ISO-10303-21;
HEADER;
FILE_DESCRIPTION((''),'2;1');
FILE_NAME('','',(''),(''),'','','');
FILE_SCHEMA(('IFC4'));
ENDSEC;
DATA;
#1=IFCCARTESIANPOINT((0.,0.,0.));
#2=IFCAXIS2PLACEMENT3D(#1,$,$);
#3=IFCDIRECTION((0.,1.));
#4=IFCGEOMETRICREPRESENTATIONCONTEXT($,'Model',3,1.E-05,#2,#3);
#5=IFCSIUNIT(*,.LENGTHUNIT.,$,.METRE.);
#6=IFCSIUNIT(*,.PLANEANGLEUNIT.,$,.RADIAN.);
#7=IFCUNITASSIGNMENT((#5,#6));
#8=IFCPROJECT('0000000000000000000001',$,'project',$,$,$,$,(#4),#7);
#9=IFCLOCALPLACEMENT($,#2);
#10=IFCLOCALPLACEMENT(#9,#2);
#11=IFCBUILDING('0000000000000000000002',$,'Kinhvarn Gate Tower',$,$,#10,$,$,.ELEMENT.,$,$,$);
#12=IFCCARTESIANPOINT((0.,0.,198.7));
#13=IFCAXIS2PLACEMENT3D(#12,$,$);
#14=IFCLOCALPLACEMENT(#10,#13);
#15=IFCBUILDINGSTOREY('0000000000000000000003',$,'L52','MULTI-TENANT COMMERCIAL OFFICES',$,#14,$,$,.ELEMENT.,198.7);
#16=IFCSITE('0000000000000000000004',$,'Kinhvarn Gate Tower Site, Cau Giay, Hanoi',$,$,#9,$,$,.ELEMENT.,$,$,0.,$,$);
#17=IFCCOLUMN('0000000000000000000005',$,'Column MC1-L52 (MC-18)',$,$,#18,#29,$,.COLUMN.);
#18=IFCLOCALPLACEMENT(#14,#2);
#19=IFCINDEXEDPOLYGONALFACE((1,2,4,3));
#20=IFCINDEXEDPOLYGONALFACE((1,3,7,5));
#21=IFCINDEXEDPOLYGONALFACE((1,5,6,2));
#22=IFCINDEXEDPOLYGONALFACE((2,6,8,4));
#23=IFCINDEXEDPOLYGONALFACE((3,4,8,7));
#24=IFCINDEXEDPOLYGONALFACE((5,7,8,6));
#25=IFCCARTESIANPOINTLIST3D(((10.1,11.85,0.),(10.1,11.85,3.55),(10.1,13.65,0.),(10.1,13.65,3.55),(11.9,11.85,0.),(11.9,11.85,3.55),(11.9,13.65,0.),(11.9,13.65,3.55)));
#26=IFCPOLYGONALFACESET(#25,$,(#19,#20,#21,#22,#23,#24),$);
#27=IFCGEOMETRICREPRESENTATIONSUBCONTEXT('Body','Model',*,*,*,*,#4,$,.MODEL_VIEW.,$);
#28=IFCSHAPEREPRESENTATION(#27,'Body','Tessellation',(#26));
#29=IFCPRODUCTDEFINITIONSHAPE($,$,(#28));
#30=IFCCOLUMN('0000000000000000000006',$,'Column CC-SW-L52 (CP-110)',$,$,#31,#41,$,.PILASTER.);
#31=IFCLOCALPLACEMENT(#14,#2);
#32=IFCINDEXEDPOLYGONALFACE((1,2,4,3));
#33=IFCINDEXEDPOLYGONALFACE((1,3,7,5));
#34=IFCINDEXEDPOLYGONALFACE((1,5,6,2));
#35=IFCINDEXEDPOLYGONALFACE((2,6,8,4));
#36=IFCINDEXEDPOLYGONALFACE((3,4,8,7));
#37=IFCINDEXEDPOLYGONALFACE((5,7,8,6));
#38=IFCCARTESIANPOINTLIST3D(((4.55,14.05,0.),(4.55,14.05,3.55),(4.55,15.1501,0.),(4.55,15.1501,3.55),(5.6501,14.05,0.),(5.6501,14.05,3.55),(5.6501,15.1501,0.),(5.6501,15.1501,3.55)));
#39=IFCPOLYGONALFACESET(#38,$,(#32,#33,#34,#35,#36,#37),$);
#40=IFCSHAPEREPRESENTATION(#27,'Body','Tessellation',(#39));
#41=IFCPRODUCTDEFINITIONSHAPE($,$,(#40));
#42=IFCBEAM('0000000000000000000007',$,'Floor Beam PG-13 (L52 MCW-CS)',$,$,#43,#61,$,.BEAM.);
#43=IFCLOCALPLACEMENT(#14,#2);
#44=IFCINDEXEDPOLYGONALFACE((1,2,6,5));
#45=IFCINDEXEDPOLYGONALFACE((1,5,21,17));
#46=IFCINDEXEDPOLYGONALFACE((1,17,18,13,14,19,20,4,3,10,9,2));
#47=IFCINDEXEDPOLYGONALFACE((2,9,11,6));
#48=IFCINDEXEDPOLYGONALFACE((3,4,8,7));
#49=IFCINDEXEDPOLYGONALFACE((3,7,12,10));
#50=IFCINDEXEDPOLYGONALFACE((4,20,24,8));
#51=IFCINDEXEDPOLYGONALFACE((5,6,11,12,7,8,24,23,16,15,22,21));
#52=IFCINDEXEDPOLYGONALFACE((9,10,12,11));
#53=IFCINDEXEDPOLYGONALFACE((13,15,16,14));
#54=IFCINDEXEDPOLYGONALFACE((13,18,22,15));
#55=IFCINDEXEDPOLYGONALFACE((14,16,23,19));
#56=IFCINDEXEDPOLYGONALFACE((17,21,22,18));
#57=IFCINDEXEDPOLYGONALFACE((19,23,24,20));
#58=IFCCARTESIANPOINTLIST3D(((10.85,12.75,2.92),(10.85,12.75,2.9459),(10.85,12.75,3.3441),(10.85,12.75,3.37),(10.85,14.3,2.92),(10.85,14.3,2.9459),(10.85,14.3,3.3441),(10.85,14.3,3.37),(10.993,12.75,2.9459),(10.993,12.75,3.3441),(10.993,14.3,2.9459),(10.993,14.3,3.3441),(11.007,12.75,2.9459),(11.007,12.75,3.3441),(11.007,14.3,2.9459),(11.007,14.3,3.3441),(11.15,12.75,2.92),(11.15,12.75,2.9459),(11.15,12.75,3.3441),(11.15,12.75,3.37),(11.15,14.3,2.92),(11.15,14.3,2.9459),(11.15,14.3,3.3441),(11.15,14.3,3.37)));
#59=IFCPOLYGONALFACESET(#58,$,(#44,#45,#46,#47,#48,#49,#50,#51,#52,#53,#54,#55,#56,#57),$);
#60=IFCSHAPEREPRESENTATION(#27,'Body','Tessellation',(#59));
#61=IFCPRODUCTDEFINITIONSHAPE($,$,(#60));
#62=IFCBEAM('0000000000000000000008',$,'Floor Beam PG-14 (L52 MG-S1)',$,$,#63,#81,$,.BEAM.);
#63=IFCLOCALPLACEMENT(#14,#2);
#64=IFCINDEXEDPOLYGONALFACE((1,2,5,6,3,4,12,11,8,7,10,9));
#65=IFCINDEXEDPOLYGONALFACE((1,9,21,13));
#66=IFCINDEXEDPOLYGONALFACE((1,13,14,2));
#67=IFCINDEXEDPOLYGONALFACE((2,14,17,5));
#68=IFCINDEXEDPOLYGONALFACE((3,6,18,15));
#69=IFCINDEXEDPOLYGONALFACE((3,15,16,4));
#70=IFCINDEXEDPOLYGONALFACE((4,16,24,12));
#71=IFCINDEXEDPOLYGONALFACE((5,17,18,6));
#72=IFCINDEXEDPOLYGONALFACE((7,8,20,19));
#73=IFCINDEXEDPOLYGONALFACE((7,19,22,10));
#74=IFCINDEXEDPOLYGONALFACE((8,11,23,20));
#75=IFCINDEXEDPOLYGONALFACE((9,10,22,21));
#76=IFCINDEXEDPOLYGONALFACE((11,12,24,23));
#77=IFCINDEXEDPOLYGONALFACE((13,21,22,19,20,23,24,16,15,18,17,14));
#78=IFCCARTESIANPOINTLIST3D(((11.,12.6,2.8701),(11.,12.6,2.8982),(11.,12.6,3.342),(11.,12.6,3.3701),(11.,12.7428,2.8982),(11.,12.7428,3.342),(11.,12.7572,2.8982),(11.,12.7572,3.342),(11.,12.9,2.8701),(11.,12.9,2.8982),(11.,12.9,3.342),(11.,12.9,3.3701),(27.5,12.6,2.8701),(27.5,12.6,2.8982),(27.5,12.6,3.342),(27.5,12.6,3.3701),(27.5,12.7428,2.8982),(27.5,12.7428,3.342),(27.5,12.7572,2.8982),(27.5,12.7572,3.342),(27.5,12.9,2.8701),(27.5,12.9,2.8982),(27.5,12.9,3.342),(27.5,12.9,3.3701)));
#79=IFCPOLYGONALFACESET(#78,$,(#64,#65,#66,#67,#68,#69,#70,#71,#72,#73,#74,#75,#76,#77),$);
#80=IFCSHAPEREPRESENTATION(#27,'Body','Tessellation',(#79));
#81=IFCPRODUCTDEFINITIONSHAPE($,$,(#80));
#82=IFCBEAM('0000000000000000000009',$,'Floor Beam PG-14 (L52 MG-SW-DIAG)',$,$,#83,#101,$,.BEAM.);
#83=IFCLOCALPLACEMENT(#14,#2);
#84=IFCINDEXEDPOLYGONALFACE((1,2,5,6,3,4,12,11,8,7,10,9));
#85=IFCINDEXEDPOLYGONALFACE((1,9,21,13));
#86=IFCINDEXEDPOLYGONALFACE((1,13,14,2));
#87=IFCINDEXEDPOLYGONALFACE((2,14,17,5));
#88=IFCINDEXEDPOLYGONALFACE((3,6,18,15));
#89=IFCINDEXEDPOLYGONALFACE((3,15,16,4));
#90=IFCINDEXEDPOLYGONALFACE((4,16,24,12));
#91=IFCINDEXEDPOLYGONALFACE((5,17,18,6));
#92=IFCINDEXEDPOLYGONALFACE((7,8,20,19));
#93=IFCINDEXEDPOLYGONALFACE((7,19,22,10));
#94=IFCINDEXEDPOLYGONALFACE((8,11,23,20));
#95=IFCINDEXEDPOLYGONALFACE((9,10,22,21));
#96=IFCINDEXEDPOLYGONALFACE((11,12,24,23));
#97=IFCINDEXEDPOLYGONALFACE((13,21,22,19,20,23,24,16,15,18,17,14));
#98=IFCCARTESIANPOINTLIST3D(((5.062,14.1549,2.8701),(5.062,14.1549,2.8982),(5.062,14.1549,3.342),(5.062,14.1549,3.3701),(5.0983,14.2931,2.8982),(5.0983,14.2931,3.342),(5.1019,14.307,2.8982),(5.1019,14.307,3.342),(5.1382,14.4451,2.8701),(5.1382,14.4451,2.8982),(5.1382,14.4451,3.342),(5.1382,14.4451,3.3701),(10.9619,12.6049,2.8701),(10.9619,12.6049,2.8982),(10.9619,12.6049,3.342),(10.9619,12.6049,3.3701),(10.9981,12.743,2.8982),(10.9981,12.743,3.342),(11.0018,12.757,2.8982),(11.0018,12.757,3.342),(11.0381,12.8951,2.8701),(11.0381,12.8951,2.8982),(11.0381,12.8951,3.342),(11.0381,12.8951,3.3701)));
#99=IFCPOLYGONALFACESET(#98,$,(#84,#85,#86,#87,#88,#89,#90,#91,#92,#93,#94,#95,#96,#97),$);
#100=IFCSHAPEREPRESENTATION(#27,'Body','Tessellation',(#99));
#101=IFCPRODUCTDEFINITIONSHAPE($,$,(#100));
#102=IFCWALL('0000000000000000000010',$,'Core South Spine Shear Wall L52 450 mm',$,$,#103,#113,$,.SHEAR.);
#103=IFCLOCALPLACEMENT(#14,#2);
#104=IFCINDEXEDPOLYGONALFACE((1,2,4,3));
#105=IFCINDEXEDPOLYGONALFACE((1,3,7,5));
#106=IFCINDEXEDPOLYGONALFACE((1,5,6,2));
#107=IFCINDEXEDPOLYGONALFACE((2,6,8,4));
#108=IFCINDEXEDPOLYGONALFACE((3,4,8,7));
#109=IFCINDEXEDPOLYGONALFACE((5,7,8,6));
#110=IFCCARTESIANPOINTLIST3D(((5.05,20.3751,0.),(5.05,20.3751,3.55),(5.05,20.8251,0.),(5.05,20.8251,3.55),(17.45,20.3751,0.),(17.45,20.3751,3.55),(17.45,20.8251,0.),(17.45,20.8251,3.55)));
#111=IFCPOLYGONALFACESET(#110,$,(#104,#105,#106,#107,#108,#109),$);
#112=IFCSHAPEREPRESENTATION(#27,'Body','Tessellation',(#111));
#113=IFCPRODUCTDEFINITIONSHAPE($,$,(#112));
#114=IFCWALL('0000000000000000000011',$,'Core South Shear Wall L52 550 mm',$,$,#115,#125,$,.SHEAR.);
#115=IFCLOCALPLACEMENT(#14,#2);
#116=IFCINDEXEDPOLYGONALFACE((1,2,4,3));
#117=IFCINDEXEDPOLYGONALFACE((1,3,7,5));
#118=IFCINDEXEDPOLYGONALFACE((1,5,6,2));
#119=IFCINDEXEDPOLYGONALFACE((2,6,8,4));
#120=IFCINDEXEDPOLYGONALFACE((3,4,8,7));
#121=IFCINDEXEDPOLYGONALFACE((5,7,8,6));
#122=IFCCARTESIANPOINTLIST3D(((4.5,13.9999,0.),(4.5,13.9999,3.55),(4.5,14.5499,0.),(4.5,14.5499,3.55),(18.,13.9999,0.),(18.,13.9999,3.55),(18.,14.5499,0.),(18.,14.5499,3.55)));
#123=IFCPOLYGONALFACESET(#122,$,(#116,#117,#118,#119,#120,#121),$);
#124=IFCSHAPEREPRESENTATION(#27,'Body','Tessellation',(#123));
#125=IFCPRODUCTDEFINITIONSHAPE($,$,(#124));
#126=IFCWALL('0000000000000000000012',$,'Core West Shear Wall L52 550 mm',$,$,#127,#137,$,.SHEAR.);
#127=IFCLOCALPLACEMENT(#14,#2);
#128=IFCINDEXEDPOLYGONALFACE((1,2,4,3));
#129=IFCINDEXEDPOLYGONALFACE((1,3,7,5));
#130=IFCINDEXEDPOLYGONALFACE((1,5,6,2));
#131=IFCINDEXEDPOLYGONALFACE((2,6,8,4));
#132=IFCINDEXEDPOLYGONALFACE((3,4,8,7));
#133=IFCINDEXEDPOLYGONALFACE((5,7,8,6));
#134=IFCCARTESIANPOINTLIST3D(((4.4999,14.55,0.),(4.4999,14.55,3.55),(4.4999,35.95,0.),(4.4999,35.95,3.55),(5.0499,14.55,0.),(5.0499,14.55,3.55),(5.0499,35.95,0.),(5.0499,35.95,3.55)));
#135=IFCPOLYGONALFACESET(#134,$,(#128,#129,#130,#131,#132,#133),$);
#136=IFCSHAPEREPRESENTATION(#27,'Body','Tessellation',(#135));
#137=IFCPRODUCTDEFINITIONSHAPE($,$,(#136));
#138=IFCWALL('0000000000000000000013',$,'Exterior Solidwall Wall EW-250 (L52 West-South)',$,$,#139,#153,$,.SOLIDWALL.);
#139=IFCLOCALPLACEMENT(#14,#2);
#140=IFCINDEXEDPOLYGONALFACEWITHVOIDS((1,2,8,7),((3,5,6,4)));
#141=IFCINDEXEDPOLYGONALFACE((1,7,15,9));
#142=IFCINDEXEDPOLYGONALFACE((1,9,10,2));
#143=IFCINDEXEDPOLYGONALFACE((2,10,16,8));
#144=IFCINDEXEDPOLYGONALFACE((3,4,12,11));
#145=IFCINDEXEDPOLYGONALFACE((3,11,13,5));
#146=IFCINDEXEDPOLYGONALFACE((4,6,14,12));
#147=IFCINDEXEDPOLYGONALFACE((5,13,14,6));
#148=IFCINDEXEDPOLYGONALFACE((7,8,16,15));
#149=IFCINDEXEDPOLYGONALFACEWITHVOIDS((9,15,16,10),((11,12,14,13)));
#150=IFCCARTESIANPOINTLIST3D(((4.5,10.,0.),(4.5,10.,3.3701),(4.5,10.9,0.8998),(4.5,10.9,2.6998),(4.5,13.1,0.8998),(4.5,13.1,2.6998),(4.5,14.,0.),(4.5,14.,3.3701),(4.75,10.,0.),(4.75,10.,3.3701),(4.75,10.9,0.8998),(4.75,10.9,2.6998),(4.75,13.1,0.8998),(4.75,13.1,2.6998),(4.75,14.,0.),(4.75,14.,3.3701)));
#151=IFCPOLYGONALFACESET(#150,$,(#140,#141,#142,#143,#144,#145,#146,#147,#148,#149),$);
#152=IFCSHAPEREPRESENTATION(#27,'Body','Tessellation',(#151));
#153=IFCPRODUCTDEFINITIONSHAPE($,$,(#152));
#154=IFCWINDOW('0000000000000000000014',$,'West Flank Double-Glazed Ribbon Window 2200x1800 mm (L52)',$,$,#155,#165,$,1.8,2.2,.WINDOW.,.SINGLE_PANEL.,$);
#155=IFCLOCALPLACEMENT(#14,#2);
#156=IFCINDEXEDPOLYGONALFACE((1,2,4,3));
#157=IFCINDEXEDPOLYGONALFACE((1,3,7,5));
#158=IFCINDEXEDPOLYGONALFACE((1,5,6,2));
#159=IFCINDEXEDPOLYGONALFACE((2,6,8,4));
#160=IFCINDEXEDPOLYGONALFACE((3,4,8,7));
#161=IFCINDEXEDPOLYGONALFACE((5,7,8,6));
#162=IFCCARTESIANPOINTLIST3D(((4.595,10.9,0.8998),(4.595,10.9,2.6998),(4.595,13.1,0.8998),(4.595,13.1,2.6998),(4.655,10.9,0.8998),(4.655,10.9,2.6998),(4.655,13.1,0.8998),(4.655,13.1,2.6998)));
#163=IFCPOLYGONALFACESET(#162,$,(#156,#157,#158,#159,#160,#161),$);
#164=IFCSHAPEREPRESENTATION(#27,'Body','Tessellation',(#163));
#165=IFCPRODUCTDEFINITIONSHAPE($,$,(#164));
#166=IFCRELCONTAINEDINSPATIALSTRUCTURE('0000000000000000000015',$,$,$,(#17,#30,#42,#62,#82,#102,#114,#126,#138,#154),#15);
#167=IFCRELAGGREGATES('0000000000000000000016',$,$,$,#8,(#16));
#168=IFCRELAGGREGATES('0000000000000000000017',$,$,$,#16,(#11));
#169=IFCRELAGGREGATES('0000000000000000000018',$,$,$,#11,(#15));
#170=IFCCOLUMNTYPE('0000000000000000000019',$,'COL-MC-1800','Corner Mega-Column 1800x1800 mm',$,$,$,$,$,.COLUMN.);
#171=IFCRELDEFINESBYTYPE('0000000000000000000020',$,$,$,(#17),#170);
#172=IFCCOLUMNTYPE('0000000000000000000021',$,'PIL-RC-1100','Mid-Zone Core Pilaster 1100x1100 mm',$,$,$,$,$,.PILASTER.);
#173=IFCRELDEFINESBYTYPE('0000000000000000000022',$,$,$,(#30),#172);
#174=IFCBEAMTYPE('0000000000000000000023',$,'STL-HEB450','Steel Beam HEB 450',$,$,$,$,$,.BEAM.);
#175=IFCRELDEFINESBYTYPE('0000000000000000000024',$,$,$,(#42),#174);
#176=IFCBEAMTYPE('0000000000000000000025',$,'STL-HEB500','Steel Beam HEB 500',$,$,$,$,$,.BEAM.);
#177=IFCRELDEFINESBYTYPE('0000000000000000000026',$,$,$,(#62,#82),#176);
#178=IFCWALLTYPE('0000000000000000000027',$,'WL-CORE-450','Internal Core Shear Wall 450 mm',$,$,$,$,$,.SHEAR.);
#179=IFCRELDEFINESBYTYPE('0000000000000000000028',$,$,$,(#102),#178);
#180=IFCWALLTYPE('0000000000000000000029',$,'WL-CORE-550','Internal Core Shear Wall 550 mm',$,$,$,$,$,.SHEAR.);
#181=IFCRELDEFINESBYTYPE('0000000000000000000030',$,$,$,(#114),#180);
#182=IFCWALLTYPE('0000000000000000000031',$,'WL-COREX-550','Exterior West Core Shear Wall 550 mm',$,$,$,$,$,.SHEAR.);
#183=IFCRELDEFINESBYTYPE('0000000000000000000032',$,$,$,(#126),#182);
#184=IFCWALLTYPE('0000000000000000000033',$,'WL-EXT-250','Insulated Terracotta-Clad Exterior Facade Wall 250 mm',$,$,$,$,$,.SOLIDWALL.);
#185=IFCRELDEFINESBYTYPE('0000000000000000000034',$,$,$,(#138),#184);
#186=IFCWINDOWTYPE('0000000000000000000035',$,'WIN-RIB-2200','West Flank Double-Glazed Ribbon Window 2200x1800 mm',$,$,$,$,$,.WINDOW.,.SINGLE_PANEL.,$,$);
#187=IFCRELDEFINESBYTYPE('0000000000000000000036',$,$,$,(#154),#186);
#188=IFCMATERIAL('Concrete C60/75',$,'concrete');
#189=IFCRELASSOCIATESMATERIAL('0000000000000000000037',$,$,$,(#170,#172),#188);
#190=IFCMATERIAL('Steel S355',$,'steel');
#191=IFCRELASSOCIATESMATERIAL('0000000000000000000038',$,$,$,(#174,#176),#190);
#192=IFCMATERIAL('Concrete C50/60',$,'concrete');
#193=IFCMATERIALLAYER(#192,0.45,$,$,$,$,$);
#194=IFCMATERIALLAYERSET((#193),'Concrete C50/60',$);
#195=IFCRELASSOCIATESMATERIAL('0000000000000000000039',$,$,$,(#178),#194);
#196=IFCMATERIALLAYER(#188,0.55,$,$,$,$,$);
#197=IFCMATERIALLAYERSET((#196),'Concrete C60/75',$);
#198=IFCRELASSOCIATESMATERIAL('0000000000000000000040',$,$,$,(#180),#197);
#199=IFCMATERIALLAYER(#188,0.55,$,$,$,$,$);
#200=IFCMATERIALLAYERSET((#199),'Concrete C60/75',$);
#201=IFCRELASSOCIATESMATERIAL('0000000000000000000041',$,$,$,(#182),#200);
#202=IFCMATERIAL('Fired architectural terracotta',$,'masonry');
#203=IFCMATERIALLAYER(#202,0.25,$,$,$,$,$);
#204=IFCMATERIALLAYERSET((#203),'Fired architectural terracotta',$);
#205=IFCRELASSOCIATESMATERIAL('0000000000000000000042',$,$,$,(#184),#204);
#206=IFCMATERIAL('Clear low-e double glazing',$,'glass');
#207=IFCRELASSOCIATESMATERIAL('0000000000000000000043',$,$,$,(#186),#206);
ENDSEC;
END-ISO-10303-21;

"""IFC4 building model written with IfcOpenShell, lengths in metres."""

from ifc_helpers import new_model, si_unit, direction, frame, frame_2d, origin, origin_2d, place, context, subcontext, project, spatial, rectangle, i_section, extrude, material, layer, layer_set, material_profile, profile_set, type_object, element, fill, save


model = new_model("IFC4")

# Units and contexts
model_context = context("Model", 3, precision=1e-05, world=origin(), true_north=direction((0.0, 1.0)))
body_context = subcontext(model_context, "Body", "Model", "MODEL_VIEW")
ifc_project = project(units=[si_unit("LENGTHUNIT", "METRE"), si_unit("PLANEANGLEUNIT", "RADIAN")], contexts=[model_context])

# Site, building, storey
site_placement = place(None, origin())
site = spatial("IfcSite", under=ifc_project, at=site_placement, Name="Kinhvarn Gate Tower Site, Cau Giay, Hanoi", CompositionType="ELEMENT", RefElevation=0.0)
building_placement = place(site_placement, origin())
building = spatial("IfcBuilding", under=site, at=building_placement, Name="Kinhvarn Gate Tower", CompositionType="ELEMENT")
storey_placement = place(building_placement, frame((0.0, 0.0, 198.7)))
storey = spatial("IfcBuildingStorey", under=building, at=storey_placement, Name="L52", Description="MULTI-TENANT COMMERCIAL OFFICES", CompositionType="ELEMENT", Elevation=198.7)

# Columns
ifc_material_1 = material(Name="Concrete C60/75", Category="concrete")
ifc_material_profile_1 = material_profile(ifc_material_1, rectangle(XDim=1.8, YDim=1.8, at=origin_2d()), Name="RC 1800x1800")
ifc_profile_set_1 = profile_set([ifc_material_profile_1], Name="Concrete C60/75")
column_type_1 = type_object("IfcColumnType", Name="COL-MC-1800", Description="Corner Mega-Column 1800x1800 mm", PredefinedType="COLUMN", material=ifc_profile_set_1)
column_1_placement = place(storey_placement, frame((11.0, 12.75, 0.0), z_axis=(0.0, 0.0, 1.0), x_axis=(1.0, 0.0, 0.0)))
element("IfcColumn", 1, at=column_1_placement, inside=storey, type_object=column_type_1, Name="Column MC1-L52 (MC-18)", PredefinedType="COLUMN", context=body_context, shape_type="SweptSolid", body=[
    extrude(rectangle(XDim=1.8, YDim=1.8, at=origin_2d()), origin(), (0.0, 0.0, 1.0), 3.55),
])
ifc_material_profile_2 = material_profile(ifc_material_1, rectangle(XDim=1.1001, YDim=1.1001, at=origin_2d()), Name="RC 1100x1100")
ifc_profile_set_2 = profile_set([ifc_material_profile_2], Name="Concrete C60/75")
column_type_2 = type_object("IfcColumnType", Name="PIL-RC-1100", Description="Mid-Zone Core Pilaster 1100x1100 mm", PredefinedType="PILASTER", material=ifc_profile_set_2)
column_2_placement = place(storey_placement, frame((5.1001, 14.6001, 0.0), z_axis=(0.0, 0.0, 1.0), x_axis=(1.0, 0.0, 0.0)))
element("IfcColumn", 2, at=column_2_placement, inside=storey, type_object=column_type_2, Name="Column CC-SW-L52 (CP-110)", PredefinedType="PILASTER", context=body_context, shape_type="SweptSolid", body=[
    extrude(rectangle(XDim=1.1001, YDim=1.1001, at=origin_2d()), origin(), (0.0, 0.0, 1.0), 3.55),
])

# Beams
ifc_material_2 = material(Name="Steel S355", Category="steel")
ifc_material_profile_3 = material_profile(ifc_material_2, i_section(OverallWidth=0.3, OverallDepth=0.45, WebThickness=0.0139, FlangeThickness=0.0259, at=origin_2d()), Name="HEB 450")
ifc_profile_set_3 = profile_set([ifc_material_profile_3], Name="Steel S355")
beam_type_1 = type_object("IfcBeamType", Name="STL-HEB450", Description="Steel Beam HEB 450", PredefinedType="BEAM", material=ifc_profile_set_3)
beam_1_placement = place(storey_placement, frame((11.0, 12.75, 3.145), z_axis=(0.0, 1.0, 0.0), x_axis=(-1.0, 0.0, 0.0)))
element("IfcBeam", 3, at=beam_1_placement, inside=storey, type_object=beam_type_1, Name="Floor Beam PG-13 (L52 MCW-CS)", PredefinedType="BEAM", context=body_context, shape_type="SweptSolid", body=[
    extrude(i_section(OverallWidth=0.3, OverallDepth=0.45, WebThickness=0.0139, FlangeThickness=0.0259, at=origin_2d()), origin(), (0.0, 0.0, 1.0), 1.55),
])
ifc_material_profile_4 = material_profile(ifc_material_2, i_section(OverallWidth=0.3, OverallDepth=0.5, WebThickness=0.0144, FlangeThickness=0.0281, at=origin_2d()), Name="HEB 500")
ifc_profile_set_4 = profile_set([ifc_material_profile_4], Name="Steel S355")
beam_type_2 = type_object("IfcBeamType", Name="STL-HEB500", Description="Steel Beam HEB 500", PredefinedType="BEAM", material=ifc_profile_set_4)
beam_2_placement = place(storey_placement, frame((11.0, 12.75, 3.1201), z_axis=(1.0, 0.0, 0.0), x_axis=(0.0, 1.0, 0.0)))
element("IfcBeam", 4, at=beam_2_placement, inside=storey, type_object=beam_type_2, Name="Floor Beam PG-14 (L52 MG-S1)", PredefinedType="BEAM", context=body_context, shape_type="SweptSolid", body=[
    extrude(i_section(OverallWidth=0.3, OverallDepth=0.5, WebThickness=0.0144, FlangeThickness=0.0281, at=origin_2d()), origin(), (0.0, 0.0, 1.0), 16.5),
])
beam_3_placement = place(storey_placement, frame((5.1001, 14.3, 3.1201), z_axis=(0.967178, -0.254101, 0.0), x_axis=(0.254101, 0.967178, 0.0)))
element("IfcBeam", 5, at=beam_3_placement, inside=storey, type_object=beam_type_2, Name="Floor Beam PG-14 (L52 MG-SW-DIAG)", PredefinedType="BEAM", context=body_context, shape_type="SweptSolid", body=[
    extrude(i_section(OverallWidth=0.3, OverallDepth=0.5, WebThickness=0.0144, FlangeThickness=0.0281, at=origin_2d()), origin(), (0.0, 0.0, 1.0), 6.1001),
])

# Walls
ifc_material_3 = material(Name="Concrete C50/60", Category="concrete")
ifc_layer_1 = layer(ifc_material_3, 0.45)
ifc_layer_set_1 = layer_set([ifc_layer_1], Name="Concrete C50/60")
wall_type_1 = type_object("IfcWallType", Name="WL-CORE-450", Description="Internal Core Shear Wall 450 mm", PredefinedType="SHEAR", material=ifc_layer_set_1)
wall_1_placement = place(storey_placement, frame((5.05, 20.6001, 0.0), z_axis=(0.0, 0.0, 1.0), x_axis=(1.0, 0.0, 0.0)))
element("IfcWall", 6, at=wall_1_placement, inside=storey, type_object=wall_type_1, Name="Core South Spine Shear Wall L52 450 mm", PredefinedType="SHEAR", context=body_context, shape_type="SweptSolid", body=[
    extrude(rectangle(XDim=12.3999, YDim=0.45, at=frame_2d((6.2, 0.0))), origin(), (0.0, 0.0, 1.0), 3.55),
])
ifc_layer_2 = layer(ifc_material_1, 0.55)
ifc_layer_set_2 = layer_set([ifc_layer_2], Name="Concrete C60/75")
wall_type_2 = type_object("IfcWallType", Name="WL-CORE-550", Description="Internal Core Shear Wall 550 mm", PredefinedType="SHEAR", material=ifc_layer_set_2)
wall_2_placement = place(storey_placement, frame((4.5, 14.2749, 0.0), z_axis=(0.0, 0.0, 1.0), x_axis=(1.0, 0.0, 0.0)))
element("IfcWall", 7, at=wall_2_placement, inside=storey, type_object=wall_type_2, Name="Core South Shear Wall L52 550 mm", PredefinedType="SHEAR", context=body_context, shape_type="SweptSolid", body=[
    extrude(rectangle(XDim=13.5, YDim=0.55, at=frame_2d((6.75, 0.0))), origin(), (0.0, 0.0, 1.0), 3.55),
])
ifc_layer_3 = layer(ifc_material_1, 0.55)
ifc_layer_set_3 = layer_set([ifc_layer_3], Name="Concrete C60/75")
wall_type_3 = type_object("IfcWallType", Name="WL-COREX-550", Description="Exterior West Core Shear Wall 550 mm", PredefinedType="SHEAR", material=ifc_layer_set_3)
wall_3_placement = place(storey_placement, frame((4.7749, 14.55, 0.0), z_axis=(0.0, 0.0, 1.0), x_axis=(0.0, 1.0, 0.0)))
element("IfcWall", 8, at=wall_3_placement, inside=storey, type_object=wall_type_3, Name="Core West Shear Wall L52 550 mm", PredefinedType="SHEAR", context=body_context, shape_type="SweptSolid", body=[
    extrude(rectangle(XDim=21.3999, YDim=0.55, at=frame_2d((10.7, 0.0))), origin(), (0.0, 0.0, 1.0), 3.55),
])

# Wall, opening, window
ifc_material_4 = material(Name="Fired architectural terracotta", Category="masonry")
ifc_layer_4 = layer(ifc_material_4, 0.25)
ifc_layer_set_4 = layer_set([ifc_layer_4], Name="Fired architectural terracotta")
wall_type_4 = type_object("IfcWallType", Name="WL-EXT-250", Description="Insulated Terracotta-Clad Exterior Facade Wall 250 mm", PredefinedType="SOLIDWALL", material=ifc_layer_set_4)
wall_4_placement = place(storey_placement, frame((4.625, 14.0, 0.0), z_axis=(0.0, 0.0, 1.0), x_axis=(0.0, -1.0, 0.0)))
wall_4 = element("IfcWall", 9, at=wall_4_placement, inside=storey, type_object=wall_type_4, Name="Exterior Solidwall Wall EW-250 (L52 West-South)", PredefinedType="SOLIDWALL", context=body_context, shape_type="SweptSolid", body=[
    extrude(rectangle(XDim=4.0, YDim=0.25, at=frame_2d((2.0, 0.0))), origin(), (0.0, 0.0, 1.0), 3.3701),
])
opening_placement = place(wall_4_placement, frame((0.8999, 0.0, 0.8999)))
opening = element("IfcOpeningElement", 10, at=opening_placement, cuts=wall_4, PredefinedType="OPENING", context=body_context, shape_type="SweptSolid", body=[
    extrude(rectangle(XDim=2.2, YDim=1.8, at=frame_2d((1.1001, 0.8999))), frame((0.0, 0.135, 0.0), z_axis=(0.0, -1.0, 0.0), x_axis=(1.0, 0.0, 0.0)), (0.0, 0.0, 1.0), 0.27),
])
ifc_material_5 = material(Name="Clear low-e double glazing", Category="glass")
window_type = type_object("IfcWindowType", Name="WIN-RIB-2200", Description="West Flank Double-Glazed Ribbon Window 2200x1800 mm", PartitioningType="SINGLE_PANEL", PredefinedType="WINDOW", material=ifc_material_5)
window_placement = place(opening_placement, origin())
window = element("IfcWindow", 11, at=window_placement, inside=storey, type_object=window_type, Name="West Flank Double-Glazed Ribbon Window 2200x1800 mm (L52)", OverallHeight=1.8, OverallWidth=2.2, PartitioningType="SINGLE_PANEL", PredefinedType="WINDOW", context=body_context, shape_type="SweptSolid", body=[
    extrude(rectangle(XDim=2.2, YDim=1.8, at=frame_2d((1.1001, 0.8999))), frame((0.0, 0.03, 0.0), z_axis=(0.0, -1.0, 0.0), x_axis=(1.0, 0.0, 0.0)), (0.0, 0.0, 1.0), 0.0601),
])
fill(opening, window)

save(model, "model.ifc")
